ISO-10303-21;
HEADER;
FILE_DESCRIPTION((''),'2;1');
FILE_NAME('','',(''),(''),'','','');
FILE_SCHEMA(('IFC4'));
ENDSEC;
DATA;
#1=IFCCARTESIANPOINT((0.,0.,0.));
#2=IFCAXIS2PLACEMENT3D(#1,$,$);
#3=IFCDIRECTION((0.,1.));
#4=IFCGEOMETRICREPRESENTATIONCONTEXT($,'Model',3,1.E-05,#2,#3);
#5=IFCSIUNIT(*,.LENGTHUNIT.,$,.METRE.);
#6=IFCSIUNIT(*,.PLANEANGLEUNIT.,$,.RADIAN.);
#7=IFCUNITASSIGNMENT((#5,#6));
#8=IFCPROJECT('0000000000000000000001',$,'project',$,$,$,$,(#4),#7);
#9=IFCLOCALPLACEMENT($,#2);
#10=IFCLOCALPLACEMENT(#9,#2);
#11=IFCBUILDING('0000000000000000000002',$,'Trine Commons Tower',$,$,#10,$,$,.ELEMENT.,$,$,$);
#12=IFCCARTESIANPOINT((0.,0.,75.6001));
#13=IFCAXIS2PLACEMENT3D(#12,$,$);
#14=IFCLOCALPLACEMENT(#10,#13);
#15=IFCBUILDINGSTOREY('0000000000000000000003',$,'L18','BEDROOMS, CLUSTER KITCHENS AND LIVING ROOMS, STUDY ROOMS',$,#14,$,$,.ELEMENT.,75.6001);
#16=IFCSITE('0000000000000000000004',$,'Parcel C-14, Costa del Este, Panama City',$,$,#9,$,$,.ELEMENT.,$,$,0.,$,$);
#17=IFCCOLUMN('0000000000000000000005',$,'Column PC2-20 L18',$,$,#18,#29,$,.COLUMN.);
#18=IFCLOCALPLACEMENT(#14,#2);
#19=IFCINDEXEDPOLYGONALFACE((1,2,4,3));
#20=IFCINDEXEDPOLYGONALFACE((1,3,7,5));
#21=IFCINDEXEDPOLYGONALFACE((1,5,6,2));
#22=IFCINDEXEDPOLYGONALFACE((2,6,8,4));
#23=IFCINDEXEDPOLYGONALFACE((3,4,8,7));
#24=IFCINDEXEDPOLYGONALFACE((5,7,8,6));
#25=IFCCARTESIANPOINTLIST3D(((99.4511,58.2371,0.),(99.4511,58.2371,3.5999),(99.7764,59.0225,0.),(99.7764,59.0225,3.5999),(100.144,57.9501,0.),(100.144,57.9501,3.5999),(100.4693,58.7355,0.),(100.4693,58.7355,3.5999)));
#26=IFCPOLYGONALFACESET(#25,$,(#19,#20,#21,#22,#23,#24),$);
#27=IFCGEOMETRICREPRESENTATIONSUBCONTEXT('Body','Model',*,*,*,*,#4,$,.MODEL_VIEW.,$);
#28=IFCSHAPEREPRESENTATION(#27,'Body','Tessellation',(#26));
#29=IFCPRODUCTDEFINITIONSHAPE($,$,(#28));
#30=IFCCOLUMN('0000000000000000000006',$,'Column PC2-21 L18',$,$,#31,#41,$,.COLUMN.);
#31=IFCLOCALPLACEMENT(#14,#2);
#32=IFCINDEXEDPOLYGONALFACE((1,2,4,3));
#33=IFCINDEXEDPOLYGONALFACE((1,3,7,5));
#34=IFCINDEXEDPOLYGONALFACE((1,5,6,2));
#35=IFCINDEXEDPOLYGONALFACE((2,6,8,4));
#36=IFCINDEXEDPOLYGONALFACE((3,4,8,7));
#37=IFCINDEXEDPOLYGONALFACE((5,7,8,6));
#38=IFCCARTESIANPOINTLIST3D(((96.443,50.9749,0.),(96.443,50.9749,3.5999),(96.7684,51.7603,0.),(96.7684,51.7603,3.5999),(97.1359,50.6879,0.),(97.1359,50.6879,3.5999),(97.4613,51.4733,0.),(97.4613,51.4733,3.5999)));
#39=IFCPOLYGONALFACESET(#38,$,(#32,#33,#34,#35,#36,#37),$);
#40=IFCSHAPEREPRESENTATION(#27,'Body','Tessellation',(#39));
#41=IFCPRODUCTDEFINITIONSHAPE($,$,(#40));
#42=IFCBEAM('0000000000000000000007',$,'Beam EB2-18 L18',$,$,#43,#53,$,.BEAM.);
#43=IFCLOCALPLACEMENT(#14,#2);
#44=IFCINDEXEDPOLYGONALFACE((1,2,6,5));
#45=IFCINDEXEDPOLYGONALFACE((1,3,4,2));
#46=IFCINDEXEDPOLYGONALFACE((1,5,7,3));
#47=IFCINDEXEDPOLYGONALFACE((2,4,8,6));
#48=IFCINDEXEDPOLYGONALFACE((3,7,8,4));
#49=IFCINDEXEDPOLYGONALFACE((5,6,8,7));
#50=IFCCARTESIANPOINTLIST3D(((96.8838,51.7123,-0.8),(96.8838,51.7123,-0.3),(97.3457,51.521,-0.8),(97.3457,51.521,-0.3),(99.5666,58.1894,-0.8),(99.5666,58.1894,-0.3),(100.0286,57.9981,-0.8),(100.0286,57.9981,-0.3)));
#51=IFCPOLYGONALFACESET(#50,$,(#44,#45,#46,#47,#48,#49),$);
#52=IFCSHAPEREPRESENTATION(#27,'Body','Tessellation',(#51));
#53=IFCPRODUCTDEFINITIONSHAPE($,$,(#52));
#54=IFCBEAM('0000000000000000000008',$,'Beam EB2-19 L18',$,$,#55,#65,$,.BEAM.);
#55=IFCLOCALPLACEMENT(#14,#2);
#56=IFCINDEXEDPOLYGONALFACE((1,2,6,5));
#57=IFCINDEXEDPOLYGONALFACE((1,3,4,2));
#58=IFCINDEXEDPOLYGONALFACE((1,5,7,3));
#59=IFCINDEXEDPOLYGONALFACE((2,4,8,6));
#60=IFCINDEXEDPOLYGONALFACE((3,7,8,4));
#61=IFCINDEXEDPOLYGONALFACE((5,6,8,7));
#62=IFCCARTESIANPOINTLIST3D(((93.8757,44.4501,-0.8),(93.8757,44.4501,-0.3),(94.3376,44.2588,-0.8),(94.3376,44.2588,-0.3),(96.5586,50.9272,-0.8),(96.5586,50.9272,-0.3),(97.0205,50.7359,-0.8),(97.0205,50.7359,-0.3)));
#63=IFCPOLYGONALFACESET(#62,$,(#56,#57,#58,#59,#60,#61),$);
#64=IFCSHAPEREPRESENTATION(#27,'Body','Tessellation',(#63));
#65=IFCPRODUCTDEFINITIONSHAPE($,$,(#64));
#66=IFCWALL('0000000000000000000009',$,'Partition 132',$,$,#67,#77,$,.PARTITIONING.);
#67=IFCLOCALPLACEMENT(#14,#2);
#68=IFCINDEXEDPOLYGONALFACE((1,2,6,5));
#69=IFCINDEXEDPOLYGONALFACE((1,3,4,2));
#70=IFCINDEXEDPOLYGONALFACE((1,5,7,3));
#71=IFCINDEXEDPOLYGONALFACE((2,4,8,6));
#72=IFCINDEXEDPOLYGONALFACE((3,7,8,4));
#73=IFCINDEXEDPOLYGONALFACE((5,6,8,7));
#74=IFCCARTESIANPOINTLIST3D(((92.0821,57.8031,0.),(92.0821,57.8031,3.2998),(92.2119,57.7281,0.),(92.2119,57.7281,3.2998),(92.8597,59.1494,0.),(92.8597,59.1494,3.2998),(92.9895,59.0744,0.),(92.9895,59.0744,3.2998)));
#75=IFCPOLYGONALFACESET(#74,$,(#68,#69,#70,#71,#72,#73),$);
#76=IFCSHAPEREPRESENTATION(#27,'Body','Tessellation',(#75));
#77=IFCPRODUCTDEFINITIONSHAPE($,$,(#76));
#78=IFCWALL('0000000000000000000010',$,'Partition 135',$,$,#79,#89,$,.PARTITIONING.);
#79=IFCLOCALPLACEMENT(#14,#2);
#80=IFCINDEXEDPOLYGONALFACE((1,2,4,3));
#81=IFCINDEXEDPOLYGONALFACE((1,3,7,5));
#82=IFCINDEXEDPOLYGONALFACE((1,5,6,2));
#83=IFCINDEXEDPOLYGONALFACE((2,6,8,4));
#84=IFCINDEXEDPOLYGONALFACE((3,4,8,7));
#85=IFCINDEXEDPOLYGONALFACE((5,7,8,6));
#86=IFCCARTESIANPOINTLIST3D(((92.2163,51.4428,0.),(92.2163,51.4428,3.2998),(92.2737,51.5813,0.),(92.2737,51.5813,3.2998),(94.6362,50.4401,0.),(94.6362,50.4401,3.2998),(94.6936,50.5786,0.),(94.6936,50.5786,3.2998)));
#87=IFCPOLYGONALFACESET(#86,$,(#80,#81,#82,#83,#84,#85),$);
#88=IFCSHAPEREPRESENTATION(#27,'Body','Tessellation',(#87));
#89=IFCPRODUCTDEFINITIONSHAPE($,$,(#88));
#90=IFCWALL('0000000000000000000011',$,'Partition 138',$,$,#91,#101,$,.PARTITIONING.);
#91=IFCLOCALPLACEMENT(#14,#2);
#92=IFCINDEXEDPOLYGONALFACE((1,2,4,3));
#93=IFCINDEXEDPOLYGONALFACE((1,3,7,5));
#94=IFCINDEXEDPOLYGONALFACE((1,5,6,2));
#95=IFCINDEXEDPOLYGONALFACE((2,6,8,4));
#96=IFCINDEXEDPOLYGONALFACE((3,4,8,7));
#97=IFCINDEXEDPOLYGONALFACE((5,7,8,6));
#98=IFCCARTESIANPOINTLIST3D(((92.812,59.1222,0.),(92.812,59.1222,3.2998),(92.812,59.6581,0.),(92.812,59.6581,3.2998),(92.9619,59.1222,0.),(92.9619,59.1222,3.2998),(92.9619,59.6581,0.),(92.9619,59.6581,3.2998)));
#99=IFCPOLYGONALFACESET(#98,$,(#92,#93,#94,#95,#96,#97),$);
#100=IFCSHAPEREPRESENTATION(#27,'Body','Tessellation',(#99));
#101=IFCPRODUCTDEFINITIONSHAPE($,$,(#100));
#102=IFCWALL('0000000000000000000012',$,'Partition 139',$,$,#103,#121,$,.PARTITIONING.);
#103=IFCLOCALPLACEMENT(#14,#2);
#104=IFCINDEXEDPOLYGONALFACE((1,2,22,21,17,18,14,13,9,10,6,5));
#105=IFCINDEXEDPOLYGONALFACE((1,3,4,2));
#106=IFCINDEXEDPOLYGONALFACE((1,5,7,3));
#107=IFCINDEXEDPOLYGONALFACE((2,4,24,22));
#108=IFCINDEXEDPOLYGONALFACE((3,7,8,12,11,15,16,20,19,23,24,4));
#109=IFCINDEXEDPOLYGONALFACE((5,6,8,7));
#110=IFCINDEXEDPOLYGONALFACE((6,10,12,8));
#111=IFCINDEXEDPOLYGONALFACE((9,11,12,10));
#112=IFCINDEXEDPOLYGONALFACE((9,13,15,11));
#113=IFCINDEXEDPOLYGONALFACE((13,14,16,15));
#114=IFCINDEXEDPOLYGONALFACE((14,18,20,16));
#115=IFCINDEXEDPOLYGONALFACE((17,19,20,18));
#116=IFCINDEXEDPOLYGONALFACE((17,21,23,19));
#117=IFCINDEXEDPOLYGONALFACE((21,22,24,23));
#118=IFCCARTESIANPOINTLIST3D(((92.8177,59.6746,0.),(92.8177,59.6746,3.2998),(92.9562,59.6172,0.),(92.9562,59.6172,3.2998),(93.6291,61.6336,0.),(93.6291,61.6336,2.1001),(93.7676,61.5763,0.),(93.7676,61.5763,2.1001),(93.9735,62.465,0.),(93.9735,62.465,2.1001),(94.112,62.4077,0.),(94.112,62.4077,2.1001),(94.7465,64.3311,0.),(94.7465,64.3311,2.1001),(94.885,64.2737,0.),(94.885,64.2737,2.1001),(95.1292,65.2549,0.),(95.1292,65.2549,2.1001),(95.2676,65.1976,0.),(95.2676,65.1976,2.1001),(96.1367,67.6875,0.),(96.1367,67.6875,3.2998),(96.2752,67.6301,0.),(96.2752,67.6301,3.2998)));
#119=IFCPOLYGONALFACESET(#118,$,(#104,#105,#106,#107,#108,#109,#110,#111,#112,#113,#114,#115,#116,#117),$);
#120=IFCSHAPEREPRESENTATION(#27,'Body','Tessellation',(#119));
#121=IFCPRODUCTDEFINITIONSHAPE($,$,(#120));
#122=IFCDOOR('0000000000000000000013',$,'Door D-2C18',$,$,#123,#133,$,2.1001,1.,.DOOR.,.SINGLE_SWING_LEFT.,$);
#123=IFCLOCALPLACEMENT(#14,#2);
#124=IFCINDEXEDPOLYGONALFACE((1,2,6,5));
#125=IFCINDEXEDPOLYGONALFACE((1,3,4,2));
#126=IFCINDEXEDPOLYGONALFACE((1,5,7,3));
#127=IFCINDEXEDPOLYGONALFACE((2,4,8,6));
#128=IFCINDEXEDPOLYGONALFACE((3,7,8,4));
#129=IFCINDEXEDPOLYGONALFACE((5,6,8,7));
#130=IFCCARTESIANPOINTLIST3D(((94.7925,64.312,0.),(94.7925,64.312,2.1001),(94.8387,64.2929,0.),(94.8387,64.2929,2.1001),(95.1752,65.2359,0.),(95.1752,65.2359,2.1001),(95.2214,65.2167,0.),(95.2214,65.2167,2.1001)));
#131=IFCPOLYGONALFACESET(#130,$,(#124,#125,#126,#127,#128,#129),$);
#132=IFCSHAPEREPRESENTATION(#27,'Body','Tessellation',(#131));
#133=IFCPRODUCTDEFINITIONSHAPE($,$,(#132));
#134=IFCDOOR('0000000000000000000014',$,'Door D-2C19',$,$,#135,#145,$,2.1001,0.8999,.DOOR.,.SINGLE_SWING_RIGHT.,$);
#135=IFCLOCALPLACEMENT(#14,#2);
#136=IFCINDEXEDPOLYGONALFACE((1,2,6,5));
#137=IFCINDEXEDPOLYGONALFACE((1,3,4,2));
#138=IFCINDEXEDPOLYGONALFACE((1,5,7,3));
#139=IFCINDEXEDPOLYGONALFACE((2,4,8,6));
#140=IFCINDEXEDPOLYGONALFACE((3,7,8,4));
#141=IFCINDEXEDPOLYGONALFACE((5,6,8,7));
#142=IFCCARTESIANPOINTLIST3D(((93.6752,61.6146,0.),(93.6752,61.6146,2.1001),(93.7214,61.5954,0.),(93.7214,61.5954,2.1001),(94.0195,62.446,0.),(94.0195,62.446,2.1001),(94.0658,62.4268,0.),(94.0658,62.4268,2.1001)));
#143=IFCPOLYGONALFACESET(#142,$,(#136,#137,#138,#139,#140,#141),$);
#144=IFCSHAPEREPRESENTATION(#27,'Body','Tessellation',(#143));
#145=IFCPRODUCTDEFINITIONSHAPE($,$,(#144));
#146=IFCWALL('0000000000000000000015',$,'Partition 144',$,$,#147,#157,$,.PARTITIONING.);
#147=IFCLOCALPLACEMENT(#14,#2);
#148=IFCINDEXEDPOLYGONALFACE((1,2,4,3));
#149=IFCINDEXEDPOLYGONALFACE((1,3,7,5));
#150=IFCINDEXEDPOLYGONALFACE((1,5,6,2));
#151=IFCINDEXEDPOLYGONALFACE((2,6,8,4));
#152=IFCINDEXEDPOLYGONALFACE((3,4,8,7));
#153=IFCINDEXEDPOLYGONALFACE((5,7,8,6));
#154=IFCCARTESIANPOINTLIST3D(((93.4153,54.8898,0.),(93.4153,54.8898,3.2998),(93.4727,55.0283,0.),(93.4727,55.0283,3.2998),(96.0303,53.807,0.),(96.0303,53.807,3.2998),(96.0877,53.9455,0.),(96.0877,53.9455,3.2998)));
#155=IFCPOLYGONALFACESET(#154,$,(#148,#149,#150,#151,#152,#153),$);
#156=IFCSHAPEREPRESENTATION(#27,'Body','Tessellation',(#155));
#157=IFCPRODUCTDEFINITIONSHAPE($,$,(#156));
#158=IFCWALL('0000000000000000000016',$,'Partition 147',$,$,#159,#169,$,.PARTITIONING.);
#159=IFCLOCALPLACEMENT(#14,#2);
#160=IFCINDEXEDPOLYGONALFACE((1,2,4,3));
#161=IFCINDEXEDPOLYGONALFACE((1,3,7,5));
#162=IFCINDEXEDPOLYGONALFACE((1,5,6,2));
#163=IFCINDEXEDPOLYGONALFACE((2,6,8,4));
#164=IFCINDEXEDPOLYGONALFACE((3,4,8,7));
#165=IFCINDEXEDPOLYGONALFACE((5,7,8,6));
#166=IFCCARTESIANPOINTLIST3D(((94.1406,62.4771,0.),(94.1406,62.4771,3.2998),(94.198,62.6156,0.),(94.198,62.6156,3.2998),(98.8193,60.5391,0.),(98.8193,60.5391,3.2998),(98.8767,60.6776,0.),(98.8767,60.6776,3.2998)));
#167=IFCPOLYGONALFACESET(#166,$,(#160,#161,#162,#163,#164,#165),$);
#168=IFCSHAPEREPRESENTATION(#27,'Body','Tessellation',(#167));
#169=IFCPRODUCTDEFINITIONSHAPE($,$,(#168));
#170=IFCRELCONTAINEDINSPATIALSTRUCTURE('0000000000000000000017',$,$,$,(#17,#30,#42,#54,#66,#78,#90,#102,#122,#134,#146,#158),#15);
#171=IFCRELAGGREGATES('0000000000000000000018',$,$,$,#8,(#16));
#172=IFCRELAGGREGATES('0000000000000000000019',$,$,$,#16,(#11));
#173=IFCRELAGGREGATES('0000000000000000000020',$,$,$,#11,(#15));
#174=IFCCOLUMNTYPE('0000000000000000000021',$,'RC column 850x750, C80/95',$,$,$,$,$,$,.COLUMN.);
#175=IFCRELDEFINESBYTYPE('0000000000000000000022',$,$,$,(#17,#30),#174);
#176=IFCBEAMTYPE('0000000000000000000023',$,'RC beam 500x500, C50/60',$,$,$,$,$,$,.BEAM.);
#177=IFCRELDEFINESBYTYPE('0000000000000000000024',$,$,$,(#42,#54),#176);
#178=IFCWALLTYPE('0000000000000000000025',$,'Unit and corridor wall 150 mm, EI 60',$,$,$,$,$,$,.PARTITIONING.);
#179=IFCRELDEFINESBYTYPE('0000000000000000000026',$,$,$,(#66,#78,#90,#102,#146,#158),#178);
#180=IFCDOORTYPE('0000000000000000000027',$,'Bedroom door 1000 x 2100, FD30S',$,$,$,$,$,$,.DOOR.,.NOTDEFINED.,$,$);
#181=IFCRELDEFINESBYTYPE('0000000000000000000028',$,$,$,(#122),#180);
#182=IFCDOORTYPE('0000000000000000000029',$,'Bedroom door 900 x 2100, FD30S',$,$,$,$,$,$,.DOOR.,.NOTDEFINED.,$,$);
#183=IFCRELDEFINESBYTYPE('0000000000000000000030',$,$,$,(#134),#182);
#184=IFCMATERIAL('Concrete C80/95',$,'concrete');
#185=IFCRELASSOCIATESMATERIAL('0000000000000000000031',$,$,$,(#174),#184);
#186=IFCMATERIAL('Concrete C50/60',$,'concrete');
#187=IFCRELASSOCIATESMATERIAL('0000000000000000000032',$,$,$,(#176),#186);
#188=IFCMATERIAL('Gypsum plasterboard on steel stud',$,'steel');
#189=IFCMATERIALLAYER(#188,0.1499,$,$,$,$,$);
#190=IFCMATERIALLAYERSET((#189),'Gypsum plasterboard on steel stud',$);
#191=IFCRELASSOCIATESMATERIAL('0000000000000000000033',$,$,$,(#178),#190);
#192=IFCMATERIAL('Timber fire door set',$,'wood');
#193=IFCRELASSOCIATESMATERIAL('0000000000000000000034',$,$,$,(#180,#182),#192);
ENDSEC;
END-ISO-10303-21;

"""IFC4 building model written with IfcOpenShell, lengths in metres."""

from ifc_helpers import new_model, si_unit, direction, frame, frame_2d, origin, origin_2d, place, context, subcontext, project, spatial, rectangle, extrude, material, layer, layer_set, material_profile, profile_set, type_object, element, fill, save


model = new_model("IFC4")

# Units and contexts
model_context = context("Model", 3, precision=1e-05, world=origin(), true_north=direction((0.0, 1.0)))
body_context = subcontext(model_context, "Body", "Model", "MODEL_VIEW")
ifc_project = project(units=[si_unit("LENGTHUNIT", "METRE"), si_unit("PLANEANGLEUNIT", "RADIAN")], contexts=[model_context])

# Site, building, storey
site_placement = place(None, origin())
site = spatial("IfcSite", under=ifc_project, at=site_placement, Name="Parcel C-14, Costa del Este, Panama City", CompositionType="ELEMENT", RefElevation=0.0)
building_placement = place(site_placement, origin())
building = spatial("IfcBuilding", under=site, at=building_placement, Name="Trine Commons Tower", CompositionType="ELEMENT")
storey_placement = place(building_placement, frame((0.0, 0.0, 75.6001)))
storey = spatial("IfcBuildingStorey", under=building, at=storey_placement, Name="L18", Description="BEDROOMS, CLUSTER KITCHENS AND LIVING ROOMS, STUDY ROOMS", CompositionType="ELEMENT", Elevation=75.6001)

# Columns
ifc_material_1 = material(Name="Concrete C80/95", Category="concrete")
ifc_material_profile_1 = material_profile(ifc_material_1, rectangle(XDim=0.8501, YDim=0.75, at=origin_2d()), Name="RC 850x750")
ifc_profile_set_1 = profile_set([ifc_material_profile_1], Name="Concrete C80/95")
column_type = type_object("IfcColumnType", Name="RC column 850x750, C80/95", PredefinedType="COLUMN", material=ifc_profile_set_1)
for number, where, z_axis, x_axis, name in (
    (1, (99.9602, 58.4863, 0.0), (0.0, 0.0, 1.0), (0.382683, 0.92388, 0.0), "Column PC2-20 L18"),
    (2, (96.9521, 51.2241, 0.0), (0.0, 0.0, 1.0), (0.382683, 0.92388, 0.0), "Column PC2-21 L18"),
):
    element("IfcColumn", number, at=place(storey_placement, frame(where, z_axis=z_axis, x_axis=x_axis)), inside=storey, type_object=column_type, Name=name, PredefinedType="COLUMN", context=body_context, shape_type="SweptSolid", body=[
        extrude(rectangle(XDim=0.8501, YDim=0.75, at=origin_2d()), origin(), (0.0, 0.0, 1.0), 3.5999),
    ])

# Beams
ifc_material_2 = material(Name="Concrete C50/60", Category="concrete")
ifc_material_profile_2 = material_profile(ifc_material_2, rectangle(XDim=0.5, YDim=0.5, at=origin_2d()), Name="RC 500x500")
ifc_profile_set_2 = profile_set([ifc_material_profile_2], Name="Concrete C50/60")
beam_type = type_object("IfcBeamType", Name="RC beam 500x500, C50/60", PredefinedType="BEAM", material=ifc_profile_set_2)
for number, where, z_axis, x_axis, name in (
    (3, (99.7976, 58.0938, -0.55), (-0.382681, -0.923881, 0.0), (0.923881, -0.382681, 0.0), "Beam EB2-18 L18"),
    (4, (96.7896, 50.8315, -0.55), (-0.382681, -0.923881, 0.0), (0.923881, -0.382681, 0.0), "Beam EB2-19 L18"),
):
    element("IfcBeam", number, at=place(storey_placement, frame(where, z_axis=z_axis, x_axis=x_axis)), inside=storey, type_object=beam_type, Name=name, PredefinedType="BEAM", context=body_context, shape_type="SweptSolid", body=[
        extrude(rectangle(XDim=0.5, YDim=0.5, at=origin_2d()), origin(), (0.0, 0.0, 1.0), 7.0107),
    ])

# Walls
ifc_material_3 = material(Name="Gypsum plasterboard on steel stud", Category="steel")
ifc_layer_1 = layer(ifc_material_3, 0.1499)
ifc_layer_set_1 = layer_set([ifc_layer_1], Name="Gypsum plasterboard on steel stud")
wall_type_1 = type_object("IfcWallType", Name="Unit and corridor wall 150 mm, EI 60", PredefinedType="PARTITIONING", material=ifc_layer_set_1)
wall_1_placement = place(storey_placement, frame((92.147, 57.7656, 0.0), z_axis=(0.0, 0.0, 1.0), x_axis=(0.500176, 0.865924, 0.0)))
element("IfcWall", 5, at=wall_1_placement, inside=storey, type_object=wall_type_1, Name="Partition 132", PredefinedType="PARTITIONING", context=body_context, shape_type="SweptSolid", body=[
    extrude(rectangle(XDim=1.5547, YDim=0.1499, at=frame_2d((0.7773, 0.0))), origin(), (0.0, 0.0, 1.0), 3.2998),
])
wall_2_placement = place(storey_placement, frame((92.2451, 51.512, 0.0), z_axis=(0.0, 0.0, 1.0), x_axis=(0.923836, -0.382788, 0.0)))
element("IfcWall", 6, at=wall_2_placement, inside=storey, type_object=wall_type_1, Name="Partition 135", PredefinedType="PARTITIONING", context=body_context, shape_type="SweptSolid", body=[
    extrude(rectangle(XDim=2.6194, YDim=0.1499, at=frame_2d((1.3096, 0.0))), origin(), (0.0, 0.0, 1.0), 3.2998),
])
wall_3_placement = place(storey_placement, frame((92.887, 59.1221, 0.0), z_axis=(0.0, 0.0, 1.0), x_axis=(0.0, 1.0, 0.0)))
element("IfcWall", 7, at=wall_3_placement, inside=storey, type_object=wall_type_1, Name="Partition 138", PredefinedType="PARTITIONING", context=body_context, shape_type="SweptSolid", body=[
    extrude(rectangle(XDim=0.5359, YDim=0.1499, at=frame_2d((0.2681, 0.0))), origin(), (0.0, 0.0, 1.0), 3.2998),
])

# Wall, openings, doors
wall_4_placement = place(storey_placement, frame((92.887, 59.646, 0.0), z_axis=(0.0, 0.0, 1.0), x_axis=(0.382686, 0.923879, 0.0)))
wall_4 = element("IfcWall", 8, at=wall_4_placement, inside=storey, type_object=wall_type_1, Name="Partition 139", PredefinedType="PARTITIONING", context=body_context, shape_type="SweptSolid", body=[
    extrude(rectangle(XDim=8.6731, YDim=0.1499, at=frame_2d((4.3364, 0.0))), origin(), (0.0, 0.0, 1.0), 3.2998),
])
opening_1_placement = place(wall_4_placement, frame((5.04, 0.0, 0.0)))
opening_1 = element("IfcOpeningElement", 9, at=opening_1_placement, cuts=wall_4, PredefinedType="OPENING", context=body_context, shape_type="SweptSolid", body=[
    extrude(rectangle(XDim=1.0, YDim=2.1001, at=frame_2d((0.5, 1.05))), frame((0.0, 0.085, 0.0), z_axis=(0.0, -1.0, 0.0), x_axis=(1.0, 0.0, 0.0)), (0.0, 0.0, 1.0), 0.1699),
])
opening_2_placement = place(wall_4_placement, frame((2.1204, 0.0, 0.0)))
opening_2 = element("IfcOpeningElement", 10, at=opening_2_placement, cuts=wall_4, PredefinedType="OPENING", context=body_context, shape_type="SweptSolid", body=[
    extrude(rectangle(XDim=0.8999, YDim=2.1001, at=frame_2d((0.45, 1.05))), frame((0.0, 0.085, 0.0), z_axis=(0.0, -1.0, 0.0), x_axis=(1.0, 0.0, 0.0)), (0.0, 0.0, 1.0), 0.1699),
])
ifc_material_4 = material(Name="Timber fire door set", Category="wood")
door_type_1 = type_object("IfcDoorType", Name="Bedroom door 1000 x 2100, FD30S", OperationType="NOTDEFINED", PredefinedType="DOOR", material=ifc_material_4)
door_1_placement = place(opening_1_placement, frame((1.0, 0.0, 0.0), z_axis=(0.0, 0.0, 1.0), x_axis=(-1.0, 0.0, 0.0)))
door_1 = element("IfcDoor", 11, at=door_1_placement, inside=storey, type_object=door_type_1, Name="Door D-2C18", OperationType="SINGLE_SWING_LEFT", OverallHeight=2.1001, OverallWidth=1.0, PredefinedType="DOOR", context=body_context, shape_type="SweptSolid", body=[
    extrude(rectangle(XDim=1.0, YDim=2.1001, at=frame_2d((0.5, 1.05))), frame((0.0, 0.0249, 0.0), z_axis=(0.0, -1.0, 0.0), x_axis=(1.0, 0.0, 0.0)), (0.0, 0.0, 1.0), 0.05),
])
fill(opening_1, door_1)
door_type_2 = type_object("IfcDoorType", Name="Bedroom door 900 x 2100, FD30S", OperationType="NOTDEFINED", PredefinedType="DOOR", material=ifc_material_4)
door_2_placement = place(opening_2_placement, frame((0.8999, 0.0, 0.0), z_axis=(0.0, 0.0, 1.0), x_axis=(-1.0, 0.0, 0.0)))
door_2 = element("IfcDoor", 12, at=door_2_placement, inside=storey, type_object=door_type_2, Name="Door D-2C19", OperationType="SINGLE_SWING_RIGHT", OverallHeight=2.1001, OverallWidth=0.8999, PredefinedType="DOOR", context=body_context, shape_type="SweptSolid", body=[
    extrude(rectangle(XDim=0.8999, YDim=2.1001, at=frame_2d((0.45, 1.05))), frame((0.0, 0.0249, 0.0), z_axis=(0.0, -1.0, 0.0), x_axis=(1.0, 0.0, 0.0)), (0.0, 0.0, 1.0), 0.05),
])
fill(opening_2, door_2)

# Walls
wall_5_placement = place(storey_placement, frame((93.4441, 54.959, 0.0), z_axis=(0.0, 0.0, 1.0), x_axis=(0.92393, -0.382563, 0.0)))
element("IfcWall", 13, at=wall_5_placement, inside=storey, type_object=wall_type_1, Name="Partition 144", PredefinedType="PARTITIONING", context=body_context, shape_type="SweptSolid", body=[
    extrude(rectangle(XDim=2.8303, YDim=0.1499, at=frame_2d((1.415, 0.0))), origin(), (0.0, 0.0, 1.0), 3.2998),
])
wall_6_placement = place(storey_placement, frame((94.1692, 62.5464, 0.0), z_axis=(0.0, 0.0, 1.0), x_axis=(0.923879, -0.382684, 0.0)))
element("IfcWall", 14, at=wall_6_placement, inside=storey, type_object=wall_type_1, Name="Partition 147", PredefinedType="PARTITIONING", context=body_context, shape_type="SweptSolid", body=[
    extrude(rectangle(XDim=5.0642, YDim=0.1499, at=frame_2d((2.5322, 0.0))), origin(), (0.0, 0.0, 1.0), 3.2998),
])

save(model, "model.ifc")
